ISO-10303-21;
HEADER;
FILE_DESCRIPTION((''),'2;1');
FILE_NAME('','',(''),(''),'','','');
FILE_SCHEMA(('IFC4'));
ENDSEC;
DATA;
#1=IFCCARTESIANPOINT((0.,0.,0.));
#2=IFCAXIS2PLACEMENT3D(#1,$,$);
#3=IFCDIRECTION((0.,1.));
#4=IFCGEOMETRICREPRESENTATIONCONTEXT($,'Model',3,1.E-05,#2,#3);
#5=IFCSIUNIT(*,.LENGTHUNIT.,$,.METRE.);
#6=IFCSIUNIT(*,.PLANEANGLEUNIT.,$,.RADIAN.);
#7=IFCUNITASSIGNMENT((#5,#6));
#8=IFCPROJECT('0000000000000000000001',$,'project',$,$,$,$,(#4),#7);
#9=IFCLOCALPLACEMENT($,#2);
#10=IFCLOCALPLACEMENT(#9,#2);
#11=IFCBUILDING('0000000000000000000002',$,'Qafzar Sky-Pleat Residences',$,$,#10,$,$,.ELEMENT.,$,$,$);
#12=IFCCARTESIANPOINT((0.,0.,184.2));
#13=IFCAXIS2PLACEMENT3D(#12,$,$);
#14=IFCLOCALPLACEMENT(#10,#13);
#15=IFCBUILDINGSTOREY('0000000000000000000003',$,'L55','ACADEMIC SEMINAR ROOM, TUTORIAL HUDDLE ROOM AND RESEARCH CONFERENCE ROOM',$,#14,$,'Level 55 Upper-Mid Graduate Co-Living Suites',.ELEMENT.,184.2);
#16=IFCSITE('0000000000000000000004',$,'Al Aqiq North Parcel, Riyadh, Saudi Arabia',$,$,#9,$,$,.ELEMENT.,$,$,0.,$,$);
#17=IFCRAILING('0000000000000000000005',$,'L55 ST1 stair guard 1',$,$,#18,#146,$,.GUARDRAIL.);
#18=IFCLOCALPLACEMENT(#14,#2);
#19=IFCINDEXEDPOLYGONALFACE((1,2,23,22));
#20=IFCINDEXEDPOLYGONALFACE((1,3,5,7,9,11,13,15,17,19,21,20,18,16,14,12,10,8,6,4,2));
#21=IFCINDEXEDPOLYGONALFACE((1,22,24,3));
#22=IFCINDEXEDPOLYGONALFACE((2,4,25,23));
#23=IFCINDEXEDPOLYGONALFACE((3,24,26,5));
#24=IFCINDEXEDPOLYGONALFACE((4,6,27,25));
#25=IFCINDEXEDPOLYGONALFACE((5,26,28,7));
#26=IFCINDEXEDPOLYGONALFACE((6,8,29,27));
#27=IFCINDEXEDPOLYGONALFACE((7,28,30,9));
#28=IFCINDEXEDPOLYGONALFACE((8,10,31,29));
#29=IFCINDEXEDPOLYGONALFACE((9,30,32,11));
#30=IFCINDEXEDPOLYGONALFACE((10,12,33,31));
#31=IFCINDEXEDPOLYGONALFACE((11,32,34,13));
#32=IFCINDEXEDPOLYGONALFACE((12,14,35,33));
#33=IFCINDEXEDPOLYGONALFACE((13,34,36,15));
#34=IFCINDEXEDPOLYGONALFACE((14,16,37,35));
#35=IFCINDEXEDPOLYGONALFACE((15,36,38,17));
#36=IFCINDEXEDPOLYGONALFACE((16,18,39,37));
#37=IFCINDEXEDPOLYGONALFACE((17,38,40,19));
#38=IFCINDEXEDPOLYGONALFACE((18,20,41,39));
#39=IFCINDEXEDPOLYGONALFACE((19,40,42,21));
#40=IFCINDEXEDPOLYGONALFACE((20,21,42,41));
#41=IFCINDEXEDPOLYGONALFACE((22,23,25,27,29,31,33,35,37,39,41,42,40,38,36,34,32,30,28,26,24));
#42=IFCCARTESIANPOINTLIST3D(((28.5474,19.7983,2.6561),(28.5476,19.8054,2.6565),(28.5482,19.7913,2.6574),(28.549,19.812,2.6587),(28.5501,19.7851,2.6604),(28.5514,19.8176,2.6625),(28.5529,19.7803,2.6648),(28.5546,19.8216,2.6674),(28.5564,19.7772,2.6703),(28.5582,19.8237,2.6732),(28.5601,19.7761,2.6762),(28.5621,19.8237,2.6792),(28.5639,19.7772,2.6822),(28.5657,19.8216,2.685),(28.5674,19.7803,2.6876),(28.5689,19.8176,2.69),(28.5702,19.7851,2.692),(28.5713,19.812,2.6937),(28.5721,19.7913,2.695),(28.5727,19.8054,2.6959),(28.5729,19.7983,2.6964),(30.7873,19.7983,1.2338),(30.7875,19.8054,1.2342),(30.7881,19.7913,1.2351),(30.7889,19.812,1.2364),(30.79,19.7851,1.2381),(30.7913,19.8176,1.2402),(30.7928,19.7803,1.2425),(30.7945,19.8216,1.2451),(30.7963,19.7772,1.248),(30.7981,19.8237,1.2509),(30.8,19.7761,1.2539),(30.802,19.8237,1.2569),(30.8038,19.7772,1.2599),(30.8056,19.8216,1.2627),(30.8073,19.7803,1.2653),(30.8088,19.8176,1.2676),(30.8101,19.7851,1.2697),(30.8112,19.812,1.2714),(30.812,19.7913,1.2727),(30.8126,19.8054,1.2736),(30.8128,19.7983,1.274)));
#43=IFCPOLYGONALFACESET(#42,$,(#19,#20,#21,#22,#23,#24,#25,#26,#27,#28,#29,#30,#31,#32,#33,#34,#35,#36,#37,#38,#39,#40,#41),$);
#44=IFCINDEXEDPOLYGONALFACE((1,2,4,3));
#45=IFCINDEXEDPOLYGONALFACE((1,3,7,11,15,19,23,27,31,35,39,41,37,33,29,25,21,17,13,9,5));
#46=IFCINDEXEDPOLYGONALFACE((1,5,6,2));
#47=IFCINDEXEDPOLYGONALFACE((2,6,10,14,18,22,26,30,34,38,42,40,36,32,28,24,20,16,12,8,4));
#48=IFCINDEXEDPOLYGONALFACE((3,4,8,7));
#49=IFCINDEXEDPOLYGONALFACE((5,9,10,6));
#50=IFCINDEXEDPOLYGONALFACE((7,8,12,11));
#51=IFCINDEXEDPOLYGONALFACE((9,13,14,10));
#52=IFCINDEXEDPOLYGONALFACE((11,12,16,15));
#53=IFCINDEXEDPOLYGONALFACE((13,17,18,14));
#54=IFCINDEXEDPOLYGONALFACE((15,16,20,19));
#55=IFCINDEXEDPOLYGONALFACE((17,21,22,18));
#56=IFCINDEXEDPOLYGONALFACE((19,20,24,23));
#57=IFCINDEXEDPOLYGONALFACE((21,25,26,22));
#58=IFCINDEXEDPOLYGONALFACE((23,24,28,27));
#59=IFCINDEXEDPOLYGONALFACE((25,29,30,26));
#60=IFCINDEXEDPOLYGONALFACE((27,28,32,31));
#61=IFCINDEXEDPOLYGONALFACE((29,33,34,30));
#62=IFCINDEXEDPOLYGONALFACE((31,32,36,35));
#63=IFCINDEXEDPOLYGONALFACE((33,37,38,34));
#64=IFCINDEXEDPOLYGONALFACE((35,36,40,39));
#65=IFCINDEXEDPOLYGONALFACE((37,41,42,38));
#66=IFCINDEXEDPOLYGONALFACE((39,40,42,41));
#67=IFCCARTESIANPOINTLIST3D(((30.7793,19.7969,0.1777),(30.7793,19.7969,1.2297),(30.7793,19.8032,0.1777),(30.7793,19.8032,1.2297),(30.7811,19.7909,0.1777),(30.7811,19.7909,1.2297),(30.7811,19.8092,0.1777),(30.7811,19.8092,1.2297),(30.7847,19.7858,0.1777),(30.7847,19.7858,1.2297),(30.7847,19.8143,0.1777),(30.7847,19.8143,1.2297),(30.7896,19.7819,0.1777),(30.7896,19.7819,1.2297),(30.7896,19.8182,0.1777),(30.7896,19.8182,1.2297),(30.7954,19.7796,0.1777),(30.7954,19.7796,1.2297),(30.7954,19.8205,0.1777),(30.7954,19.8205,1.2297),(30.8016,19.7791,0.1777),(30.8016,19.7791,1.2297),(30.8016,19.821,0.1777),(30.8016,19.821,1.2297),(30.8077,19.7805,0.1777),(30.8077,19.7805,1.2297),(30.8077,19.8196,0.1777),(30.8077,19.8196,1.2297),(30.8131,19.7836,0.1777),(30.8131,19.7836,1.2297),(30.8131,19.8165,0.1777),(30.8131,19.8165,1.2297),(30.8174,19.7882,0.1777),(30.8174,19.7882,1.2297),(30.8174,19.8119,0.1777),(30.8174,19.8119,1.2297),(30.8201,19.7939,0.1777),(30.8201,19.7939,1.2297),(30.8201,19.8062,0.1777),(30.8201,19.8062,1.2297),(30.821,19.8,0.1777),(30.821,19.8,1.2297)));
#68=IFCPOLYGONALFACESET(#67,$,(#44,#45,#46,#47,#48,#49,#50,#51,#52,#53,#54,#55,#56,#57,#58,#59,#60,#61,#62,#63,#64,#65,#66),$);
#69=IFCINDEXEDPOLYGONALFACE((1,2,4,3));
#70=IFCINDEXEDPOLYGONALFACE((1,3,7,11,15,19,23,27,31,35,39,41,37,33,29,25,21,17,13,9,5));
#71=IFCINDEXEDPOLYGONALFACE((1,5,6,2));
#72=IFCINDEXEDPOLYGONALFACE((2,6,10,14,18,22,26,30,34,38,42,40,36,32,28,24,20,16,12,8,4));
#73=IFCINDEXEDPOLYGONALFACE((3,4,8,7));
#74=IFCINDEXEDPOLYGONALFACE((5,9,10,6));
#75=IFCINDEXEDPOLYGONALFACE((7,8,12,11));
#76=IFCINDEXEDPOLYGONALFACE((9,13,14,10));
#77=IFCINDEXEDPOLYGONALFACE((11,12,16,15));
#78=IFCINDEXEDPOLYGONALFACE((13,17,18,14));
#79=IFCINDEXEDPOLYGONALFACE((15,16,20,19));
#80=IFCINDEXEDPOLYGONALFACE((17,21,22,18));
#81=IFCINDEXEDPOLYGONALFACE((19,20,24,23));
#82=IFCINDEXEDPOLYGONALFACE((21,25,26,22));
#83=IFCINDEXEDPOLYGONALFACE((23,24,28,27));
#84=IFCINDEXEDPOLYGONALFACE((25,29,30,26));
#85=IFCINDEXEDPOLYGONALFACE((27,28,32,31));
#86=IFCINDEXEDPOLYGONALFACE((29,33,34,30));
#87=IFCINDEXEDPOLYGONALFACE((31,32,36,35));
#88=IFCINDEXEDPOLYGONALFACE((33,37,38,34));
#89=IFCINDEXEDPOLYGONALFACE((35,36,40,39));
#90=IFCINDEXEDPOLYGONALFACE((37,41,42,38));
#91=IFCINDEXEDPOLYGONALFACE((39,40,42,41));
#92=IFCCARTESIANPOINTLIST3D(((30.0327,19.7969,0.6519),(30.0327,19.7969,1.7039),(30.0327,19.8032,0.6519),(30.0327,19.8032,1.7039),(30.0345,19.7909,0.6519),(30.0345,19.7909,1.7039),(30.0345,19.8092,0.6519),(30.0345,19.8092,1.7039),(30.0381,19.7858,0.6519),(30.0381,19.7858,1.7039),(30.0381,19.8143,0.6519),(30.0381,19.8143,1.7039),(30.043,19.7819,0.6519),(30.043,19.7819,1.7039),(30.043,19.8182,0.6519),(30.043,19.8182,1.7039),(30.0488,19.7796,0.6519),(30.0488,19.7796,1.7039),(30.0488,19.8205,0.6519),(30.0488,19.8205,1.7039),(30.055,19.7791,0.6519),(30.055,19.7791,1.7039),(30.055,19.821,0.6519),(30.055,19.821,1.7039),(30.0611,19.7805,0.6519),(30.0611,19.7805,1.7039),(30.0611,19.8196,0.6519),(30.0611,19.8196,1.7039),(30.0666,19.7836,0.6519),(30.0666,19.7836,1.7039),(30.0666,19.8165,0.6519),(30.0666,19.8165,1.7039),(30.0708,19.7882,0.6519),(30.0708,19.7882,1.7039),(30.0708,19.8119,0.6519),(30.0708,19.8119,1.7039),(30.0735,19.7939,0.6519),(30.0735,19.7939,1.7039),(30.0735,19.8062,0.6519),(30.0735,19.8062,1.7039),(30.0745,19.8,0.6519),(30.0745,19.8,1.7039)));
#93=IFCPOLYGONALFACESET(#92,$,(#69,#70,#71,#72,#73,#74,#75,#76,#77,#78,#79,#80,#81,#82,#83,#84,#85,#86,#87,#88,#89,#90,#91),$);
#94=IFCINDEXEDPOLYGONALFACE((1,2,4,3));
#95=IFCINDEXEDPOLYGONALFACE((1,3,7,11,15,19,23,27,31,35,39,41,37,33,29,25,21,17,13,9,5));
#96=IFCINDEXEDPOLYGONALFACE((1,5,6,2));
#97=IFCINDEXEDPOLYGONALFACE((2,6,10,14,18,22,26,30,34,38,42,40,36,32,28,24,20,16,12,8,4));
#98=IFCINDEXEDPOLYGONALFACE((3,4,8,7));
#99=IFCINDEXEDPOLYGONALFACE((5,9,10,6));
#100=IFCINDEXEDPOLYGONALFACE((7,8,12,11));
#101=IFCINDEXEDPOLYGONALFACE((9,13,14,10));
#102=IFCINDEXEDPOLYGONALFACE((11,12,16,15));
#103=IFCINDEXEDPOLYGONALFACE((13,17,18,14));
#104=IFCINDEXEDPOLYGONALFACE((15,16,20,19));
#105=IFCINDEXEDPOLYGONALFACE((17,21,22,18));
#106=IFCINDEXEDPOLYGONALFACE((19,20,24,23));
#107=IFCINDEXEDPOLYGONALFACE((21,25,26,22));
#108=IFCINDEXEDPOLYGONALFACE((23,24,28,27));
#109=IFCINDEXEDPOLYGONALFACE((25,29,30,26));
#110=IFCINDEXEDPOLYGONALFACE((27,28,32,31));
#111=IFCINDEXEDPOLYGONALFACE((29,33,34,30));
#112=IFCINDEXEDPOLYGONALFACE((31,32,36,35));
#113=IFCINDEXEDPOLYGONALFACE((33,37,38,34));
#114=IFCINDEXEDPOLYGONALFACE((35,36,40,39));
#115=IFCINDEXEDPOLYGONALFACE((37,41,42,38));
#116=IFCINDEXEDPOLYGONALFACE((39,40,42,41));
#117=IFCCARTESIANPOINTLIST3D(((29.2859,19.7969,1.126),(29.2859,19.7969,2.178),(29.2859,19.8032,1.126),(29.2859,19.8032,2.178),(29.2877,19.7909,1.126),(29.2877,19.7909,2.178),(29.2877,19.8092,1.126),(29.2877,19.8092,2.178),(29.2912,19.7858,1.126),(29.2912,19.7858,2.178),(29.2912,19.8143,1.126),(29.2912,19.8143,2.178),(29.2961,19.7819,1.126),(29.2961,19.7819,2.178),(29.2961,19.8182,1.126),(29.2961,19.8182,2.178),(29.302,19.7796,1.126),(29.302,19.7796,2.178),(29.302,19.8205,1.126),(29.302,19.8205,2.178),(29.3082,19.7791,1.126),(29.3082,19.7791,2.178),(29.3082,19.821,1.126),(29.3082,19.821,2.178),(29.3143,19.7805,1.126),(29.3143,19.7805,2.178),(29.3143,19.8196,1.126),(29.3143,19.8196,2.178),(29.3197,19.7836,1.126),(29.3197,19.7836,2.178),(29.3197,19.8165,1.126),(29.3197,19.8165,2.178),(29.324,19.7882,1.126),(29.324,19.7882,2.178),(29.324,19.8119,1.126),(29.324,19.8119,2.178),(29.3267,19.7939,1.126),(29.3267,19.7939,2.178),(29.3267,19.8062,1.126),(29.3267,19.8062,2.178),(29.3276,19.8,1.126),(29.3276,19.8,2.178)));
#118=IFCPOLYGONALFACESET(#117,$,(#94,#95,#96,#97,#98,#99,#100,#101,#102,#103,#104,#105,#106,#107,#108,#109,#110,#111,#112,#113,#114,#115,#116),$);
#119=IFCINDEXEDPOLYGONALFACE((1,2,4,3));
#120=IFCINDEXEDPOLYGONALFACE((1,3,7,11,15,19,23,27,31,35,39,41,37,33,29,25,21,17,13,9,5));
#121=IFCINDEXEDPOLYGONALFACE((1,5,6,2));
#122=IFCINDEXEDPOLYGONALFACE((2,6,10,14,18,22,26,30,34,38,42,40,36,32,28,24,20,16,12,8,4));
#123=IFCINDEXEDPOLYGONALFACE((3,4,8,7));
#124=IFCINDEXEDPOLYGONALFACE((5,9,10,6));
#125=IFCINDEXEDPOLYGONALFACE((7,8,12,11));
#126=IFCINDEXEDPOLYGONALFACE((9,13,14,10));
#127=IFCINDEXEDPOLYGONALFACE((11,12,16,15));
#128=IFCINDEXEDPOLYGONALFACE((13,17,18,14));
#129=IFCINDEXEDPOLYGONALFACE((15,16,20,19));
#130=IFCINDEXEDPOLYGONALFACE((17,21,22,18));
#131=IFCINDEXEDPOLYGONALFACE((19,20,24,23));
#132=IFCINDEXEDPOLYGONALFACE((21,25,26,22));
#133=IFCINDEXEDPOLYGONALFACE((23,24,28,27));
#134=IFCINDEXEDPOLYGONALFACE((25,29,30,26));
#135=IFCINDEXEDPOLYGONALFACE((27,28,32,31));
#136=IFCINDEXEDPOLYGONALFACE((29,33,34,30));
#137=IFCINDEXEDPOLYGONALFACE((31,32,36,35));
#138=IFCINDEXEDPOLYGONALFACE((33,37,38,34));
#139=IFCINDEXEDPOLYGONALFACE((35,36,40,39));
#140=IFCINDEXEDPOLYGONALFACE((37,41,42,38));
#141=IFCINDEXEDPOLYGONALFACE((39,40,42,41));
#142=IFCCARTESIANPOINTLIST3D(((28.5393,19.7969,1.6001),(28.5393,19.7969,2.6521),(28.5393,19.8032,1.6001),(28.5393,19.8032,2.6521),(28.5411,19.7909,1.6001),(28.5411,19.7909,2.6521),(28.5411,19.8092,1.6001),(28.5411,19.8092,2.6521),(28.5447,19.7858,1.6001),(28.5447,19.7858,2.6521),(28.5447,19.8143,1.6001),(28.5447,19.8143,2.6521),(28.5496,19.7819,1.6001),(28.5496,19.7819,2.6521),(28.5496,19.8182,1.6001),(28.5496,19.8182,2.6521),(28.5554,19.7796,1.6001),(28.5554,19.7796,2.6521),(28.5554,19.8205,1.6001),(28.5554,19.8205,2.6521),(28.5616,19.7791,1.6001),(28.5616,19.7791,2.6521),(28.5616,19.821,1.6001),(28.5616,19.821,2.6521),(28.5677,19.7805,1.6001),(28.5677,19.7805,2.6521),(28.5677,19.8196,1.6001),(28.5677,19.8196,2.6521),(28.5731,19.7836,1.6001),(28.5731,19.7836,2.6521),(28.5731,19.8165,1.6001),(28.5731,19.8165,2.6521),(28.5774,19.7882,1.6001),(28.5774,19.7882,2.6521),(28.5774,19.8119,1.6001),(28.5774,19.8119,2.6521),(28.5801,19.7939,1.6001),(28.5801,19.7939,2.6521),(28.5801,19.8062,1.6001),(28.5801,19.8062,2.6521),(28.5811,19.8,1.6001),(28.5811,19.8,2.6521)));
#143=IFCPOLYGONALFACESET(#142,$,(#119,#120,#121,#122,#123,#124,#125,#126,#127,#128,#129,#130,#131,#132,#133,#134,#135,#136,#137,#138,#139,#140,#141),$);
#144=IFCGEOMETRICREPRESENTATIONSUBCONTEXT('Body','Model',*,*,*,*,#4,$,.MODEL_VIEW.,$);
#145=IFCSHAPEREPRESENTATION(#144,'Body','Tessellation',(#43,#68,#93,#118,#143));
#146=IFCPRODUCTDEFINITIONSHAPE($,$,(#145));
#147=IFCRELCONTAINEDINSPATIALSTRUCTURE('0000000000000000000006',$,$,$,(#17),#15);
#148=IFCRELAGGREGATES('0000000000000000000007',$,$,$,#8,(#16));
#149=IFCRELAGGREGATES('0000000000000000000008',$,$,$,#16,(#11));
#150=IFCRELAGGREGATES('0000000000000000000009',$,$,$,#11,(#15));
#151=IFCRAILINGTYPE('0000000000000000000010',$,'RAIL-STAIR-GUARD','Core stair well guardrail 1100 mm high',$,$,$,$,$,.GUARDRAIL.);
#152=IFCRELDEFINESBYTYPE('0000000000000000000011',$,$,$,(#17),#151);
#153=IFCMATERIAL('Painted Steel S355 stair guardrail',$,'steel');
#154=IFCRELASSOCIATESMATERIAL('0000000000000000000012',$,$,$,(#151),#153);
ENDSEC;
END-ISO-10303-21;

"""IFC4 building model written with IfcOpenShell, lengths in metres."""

from ifc_helpers import new_model, si_unit, direction, frame, origin, origin_2d, place, context, subcontext, project, spatial, circle, extrude, source, transform, mapped, material, type_object, element, save


model = new_model("IFC4")

# Units and contexts
model_context = context("Model", 3, precision=1e-05, world=origin(), true_north=direction((0.0, 1.0)))
body_context = subcontext(model_context, "Body", "Model", "MODEL_VIEW")
ifc_project = project(units=[si_unit("LENGTHUNIT", "METRE"), si_unit("PLANEANGLEUNIT", "RADIAN")], contexts=[model_context])

# Site, building, storey
site_placement = place(None, origin())
site = spatial("IfcSite", under=ifc_project, at=site_placement, Name="Al Aqiq North Parcel, Riyadh, Saudi Arabia", CompositionType="ELEMENT", RefElevation=0.0)
building_placement = place(site_placement, origin())
building = spatial("IfcBuilding", under=site, at=building_placement, Name="Qafzar Sky-Pleat Residences", CompositionType="ELEMENT")
storey_placement = place(building_placement, frame((0.0, 0.0, 184.2)))
storey = spatial("IfcBuildingStorey", under=building, at=storey_placement, Name="L55", Description="ACADEMIC SEMINAR ROOM, TUTORIAL HUDDLE ROOM AND RESEARCH CONFERENCE ROOM", LongName="Level 55 Upper-Mid Graduate Co-Living Suites", CompositionType="ELEMENT", Elevation=184.2)

# Railing
ifc_material_1 = material(Name="Painted Steel S355 stair guardrail", Category="steel")
railing_type_1 = type_object("IfcRailingType", Name="RAIL-STAIR-GUARD", Description="Core stair well guardrail 1100 mm high", PredefinedType="GUARDRAIL", material=ifc_material_1)
shared_shape_1 = source(origin(), body_context, "Body", "SweptSolid", [
    extrude(circle(Radius=0.0239, at=origin_2d()), frame((0.0, 0.0, 1.0762), z_axis=(-0.844188, 0.0, 0.536048), x_axis=(0.0, -1.0, 0.0)), (0.0, 0.0, 1.0), 2.6533),
    extrude(circle(Radius=0.021, at=origin_2d()), origin(), (0.0, 0.0, 1.0), 1.052),
    extrude(circle(Radius=0.021, at=origin_2d()), frame((-0.7466, 0.0, 0.4741)), (0.0, 0.0, 1.0), 1.052),
    extrude(circle(Radius=0.021, at=origin_2d()), frame((-1.4934, 0.0, 0.9482)), (0.0, 0.0, 1.0), 1.052),
    extrude(circle(Radius=0.021, at=origin_2d()), frame((-2.24, 0.0, 1.4224)), (0.0, 0.0, 1.0), 1.052),
])
railing_1_placement = place(storey_placement, frame((30.8, 19.8, 0.1777)))
element("IfcRailing", 1, at=railing_1_placement, inside=storey, type_object=railing_type_1, Name="L55 ST1 stair guard 1", PredefinedType="GUARDRAIL", context=body_context, shape_type="MappedRepresentation", body=[
    mapped(shared_shape_1, transform((0.0, 0.0, 0.0), x_axis=(1.0, 0.0, 0.0), y_axis=(0.0, 1.0, 0.0), z_axis=(0.0, 0.0, 1.0), scale=1.0)),
])

save(model, "model.ifc")
